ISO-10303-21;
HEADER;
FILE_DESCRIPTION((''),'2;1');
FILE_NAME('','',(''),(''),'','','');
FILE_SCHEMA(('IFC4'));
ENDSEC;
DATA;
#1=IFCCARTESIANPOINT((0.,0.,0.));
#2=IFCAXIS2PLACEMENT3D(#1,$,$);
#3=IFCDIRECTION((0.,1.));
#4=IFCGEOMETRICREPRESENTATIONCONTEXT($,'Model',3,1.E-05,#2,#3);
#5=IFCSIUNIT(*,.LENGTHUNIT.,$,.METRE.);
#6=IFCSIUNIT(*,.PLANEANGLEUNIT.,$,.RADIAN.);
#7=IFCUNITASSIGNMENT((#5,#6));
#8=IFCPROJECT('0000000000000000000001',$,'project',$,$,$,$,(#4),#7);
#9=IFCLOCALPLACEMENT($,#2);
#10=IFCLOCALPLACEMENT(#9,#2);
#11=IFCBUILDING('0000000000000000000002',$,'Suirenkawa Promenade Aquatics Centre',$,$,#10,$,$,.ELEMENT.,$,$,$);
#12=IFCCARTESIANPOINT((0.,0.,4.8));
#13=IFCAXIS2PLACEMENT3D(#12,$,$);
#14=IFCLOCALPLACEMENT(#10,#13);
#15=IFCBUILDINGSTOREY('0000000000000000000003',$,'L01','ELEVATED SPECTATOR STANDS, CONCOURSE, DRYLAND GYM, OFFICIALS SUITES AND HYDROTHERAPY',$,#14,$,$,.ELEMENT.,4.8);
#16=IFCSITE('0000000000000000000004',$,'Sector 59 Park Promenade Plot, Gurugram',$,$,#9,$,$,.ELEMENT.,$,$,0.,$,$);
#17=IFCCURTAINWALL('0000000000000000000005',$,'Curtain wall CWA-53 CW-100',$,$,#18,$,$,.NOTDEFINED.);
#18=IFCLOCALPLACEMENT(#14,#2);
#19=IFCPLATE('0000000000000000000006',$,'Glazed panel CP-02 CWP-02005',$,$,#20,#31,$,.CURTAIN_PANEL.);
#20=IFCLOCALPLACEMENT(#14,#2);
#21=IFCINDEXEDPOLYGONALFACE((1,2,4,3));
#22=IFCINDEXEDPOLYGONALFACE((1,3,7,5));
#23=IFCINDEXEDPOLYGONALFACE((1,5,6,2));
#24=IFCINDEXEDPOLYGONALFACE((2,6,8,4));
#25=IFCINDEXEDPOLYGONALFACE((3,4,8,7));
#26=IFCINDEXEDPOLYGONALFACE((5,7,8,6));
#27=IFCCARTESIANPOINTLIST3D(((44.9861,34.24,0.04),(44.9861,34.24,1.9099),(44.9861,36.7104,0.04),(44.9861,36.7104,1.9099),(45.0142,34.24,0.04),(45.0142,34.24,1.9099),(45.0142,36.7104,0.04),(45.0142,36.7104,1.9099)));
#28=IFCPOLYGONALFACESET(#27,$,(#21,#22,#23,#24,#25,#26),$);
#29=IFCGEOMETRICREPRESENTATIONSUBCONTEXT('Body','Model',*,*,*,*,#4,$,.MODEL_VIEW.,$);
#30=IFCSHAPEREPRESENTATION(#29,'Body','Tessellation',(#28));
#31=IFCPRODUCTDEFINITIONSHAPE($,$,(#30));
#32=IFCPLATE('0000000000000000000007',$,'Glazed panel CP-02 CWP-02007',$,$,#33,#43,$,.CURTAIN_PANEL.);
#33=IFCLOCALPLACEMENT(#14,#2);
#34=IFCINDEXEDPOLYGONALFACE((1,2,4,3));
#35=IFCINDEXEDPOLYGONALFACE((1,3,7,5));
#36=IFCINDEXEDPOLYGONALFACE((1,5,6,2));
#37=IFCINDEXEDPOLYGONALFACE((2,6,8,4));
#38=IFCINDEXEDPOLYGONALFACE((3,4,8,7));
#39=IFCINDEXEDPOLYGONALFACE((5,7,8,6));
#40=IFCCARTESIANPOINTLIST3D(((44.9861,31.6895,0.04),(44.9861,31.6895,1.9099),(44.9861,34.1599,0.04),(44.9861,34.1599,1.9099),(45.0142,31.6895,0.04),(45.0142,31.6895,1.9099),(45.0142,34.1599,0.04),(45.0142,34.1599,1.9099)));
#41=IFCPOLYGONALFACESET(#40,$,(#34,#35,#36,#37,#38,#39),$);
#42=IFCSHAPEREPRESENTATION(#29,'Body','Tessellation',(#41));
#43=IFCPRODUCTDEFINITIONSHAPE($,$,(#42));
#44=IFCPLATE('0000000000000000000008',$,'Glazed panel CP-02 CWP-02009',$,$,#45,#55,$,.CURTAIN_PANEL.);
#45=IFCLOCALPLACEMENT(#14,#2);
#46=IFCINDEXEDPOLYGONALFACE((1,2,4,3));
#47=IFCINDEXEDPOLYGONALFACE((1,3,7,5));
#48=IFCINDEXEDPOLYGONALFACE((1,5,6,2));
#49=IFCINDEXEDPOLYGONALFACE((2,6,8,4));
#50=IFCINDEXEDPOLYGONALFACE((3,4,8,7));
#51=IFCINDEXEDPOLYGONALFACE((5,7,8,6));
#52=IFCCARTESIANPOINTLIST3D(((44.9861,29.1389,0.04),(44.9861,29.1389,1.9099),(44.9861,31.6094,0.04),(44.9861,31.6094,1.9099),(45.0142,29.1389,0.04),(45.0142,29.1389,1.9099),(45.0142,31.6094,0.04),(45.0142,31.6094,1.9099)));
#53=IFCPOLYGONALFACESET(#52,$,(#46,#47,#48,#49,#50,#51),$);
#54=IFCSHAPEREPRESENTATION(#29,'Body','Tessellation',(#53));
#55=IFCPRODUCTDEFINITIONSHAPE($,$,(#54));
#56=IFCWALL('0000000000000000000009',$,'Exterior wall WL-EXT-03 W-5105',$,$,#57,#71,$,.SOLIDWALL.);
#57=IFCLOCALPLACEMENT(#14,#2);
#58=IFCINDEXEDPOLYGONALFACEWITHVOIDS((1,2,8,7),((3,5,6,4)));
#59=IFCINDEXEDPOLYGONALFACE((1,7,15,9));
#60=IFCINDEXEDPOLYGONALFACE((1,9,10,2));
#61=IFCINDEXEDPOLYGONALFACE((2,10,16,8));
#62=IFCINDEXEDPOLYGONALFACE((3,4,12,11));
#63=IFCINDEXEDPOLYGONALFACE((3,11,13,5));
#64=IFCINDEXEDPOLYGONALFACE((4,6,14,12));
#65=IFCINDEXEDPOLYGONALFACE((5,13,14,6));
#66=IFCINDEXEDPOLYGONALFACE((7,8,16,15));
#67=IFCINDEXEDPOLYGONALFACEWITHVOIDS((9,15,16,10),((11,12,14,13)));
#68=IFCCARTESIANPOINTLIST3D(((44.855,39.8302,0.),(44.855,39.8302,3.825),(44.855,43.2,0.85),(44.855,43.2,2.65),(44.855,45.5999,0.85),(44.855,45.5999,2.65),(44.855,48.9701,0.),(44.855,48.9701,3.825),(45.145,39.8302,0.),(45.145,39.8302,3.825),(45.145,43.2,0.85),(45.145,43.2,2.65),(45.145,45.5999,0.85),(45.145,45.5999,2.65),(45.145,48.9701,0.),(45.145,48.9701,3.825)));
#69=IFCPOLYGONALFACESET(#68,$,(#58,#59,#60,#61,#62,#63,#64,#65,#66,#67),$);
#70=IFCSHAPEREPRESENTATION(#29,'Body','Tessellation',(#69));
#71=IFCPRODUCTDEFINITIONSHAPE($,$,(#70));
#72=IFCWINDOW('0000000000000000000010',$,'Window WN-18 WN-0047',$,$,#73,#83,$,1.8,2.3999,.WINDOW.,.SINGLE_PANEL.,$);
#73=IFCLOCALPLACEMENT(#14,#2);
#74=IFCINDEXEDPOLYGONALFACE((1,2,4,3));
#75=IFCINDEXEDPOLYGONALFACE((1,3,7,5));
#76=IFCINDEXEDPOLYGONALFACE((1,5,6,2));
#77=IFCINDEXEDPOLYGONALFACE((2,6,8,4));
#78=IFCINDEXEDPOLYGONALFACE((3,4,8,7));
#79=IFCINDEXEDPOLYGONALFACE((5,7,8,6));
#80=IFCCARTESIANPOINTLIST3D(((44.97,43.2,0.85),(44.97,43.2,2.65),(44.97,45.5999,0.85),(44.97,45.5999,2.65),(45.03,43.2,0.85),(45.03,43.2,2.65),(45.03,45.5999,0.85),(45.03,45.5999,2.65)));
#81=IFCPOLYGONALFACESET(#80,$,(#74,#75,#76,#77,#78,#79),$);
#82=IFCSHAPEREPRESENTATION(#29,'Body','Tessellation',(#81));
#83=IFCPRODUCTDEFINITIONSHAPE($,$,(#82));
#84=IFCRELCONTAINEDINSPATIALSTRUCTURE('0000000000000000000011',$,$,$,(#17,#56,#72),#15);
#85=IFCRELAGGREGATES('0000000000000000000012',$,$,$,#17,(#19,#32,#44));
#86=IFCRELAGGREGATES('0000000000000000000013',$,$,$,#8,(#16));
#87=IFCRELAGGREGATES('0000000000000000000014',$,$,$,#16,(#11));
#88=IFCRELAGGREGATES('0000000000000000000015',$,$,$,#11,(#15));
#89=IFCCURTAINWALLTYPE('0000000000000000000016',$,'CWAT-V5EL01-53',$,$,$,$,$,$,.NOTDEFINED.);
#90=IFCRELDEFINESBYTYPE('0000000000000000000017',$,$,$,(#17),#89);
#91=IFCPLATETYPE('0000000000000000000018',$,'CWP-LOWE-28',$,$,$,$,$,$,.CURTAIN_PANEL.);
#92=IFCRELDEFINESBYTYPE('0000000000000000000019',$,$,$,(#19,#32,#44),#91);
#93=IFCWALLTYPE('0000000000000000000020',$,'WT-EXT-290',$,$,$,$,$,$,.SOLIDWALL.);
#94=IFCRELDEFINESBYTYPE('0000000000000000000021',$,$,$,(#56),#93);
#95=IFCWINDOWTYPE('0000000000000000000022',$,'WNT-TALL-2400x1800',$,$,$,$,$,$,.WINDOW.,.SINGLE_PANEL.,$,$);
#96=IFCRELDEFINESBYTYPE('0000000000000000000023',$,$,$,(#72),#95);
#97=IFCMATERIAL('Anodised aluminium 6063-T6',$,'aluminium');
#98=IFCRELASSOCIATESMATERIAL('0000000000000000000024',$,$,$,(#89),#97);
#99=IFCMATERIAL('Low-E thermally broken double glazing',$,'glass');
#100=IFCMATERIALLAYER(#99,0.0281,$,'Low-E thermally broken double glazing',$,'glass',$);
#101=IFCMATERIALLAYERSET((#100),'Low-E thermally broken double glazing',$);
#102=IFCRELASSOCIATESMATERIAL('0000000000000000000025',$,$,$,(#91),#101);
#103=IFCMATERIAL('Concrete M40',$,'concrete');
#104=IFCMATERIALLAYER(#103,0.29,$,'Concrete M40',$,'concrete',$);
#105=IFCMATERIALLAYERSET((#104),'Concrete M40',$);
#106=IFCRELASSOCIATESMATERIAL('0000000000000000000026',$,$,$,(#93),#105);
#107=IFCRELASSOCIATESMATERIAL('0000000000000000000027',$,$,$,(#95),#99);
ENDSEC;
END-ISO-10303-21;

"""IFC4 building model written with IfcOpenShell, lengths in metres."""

from ifc_helpers import new_model, si_unit, direction, frame, frame_2d, origin, place, context, subcontext, project, spatial, polyline, rectangle, outline, extrude, material, layer, layer_set, type_object, element, fill, aggregate, save


model = new_model("IFC4")

# Units and contexts
model_context = context("Model", 3, precision=1e-05, world=origin(), true_north=direction((0.0, 1.0)))
body_context = subcontext(model_context, "Body", "Model", "MODEL_VIEW")
ifc_project = project(units=[si_unit("LENGTHUNIT", "METRE"), si_unit("PLANEANGLEUNIT", "RADIAN")], contexts=[model_context])

# Site, building, storey
site_placement = place(None, origin())
site = spatial("IfcSite", under=ifc_project, at=site_placement, Name="Sector 59 Park Promenade Plot, Gurugram", CompositionType="ELEMENT", RefElevation=0.0)
building_placement = place(site_placement, origin())
building = spatial("IfcBuilding", under=site, at=building_placement, Name="Suirenkawa Promenade Aquatics Centre", CompositionType="ELEMENT")
storey_placement = place(building_placement, frame((0.0, 0.0, 4.8)))
storey = spatial("IfcBuildingStorey", under=building, at=storey_placement, Name="L01", Description="ELEVATED SPECTATOR STANDS, CONCOURSE, DRYLAND GYM, OFFICIALS SUITES AND HYDROTHERAPY", CompositionType="ELEMENT", Elevation=4.8)

# Shared definitions
ifc_material_1 = material(Name="Concrete M40", Category="concrete")

# Curtain wall
ifc_material_2 = material(Name="Anodised aluminium 6063-T6", Category="aluminium")
curtain_wall_type_1 = type_object("IfcCurtainWallType", Name="CWAT-V5EL01-53", PredefinedType="NOTDEFINED", material=ifc_material_2)
curtain_wall_1_placement = place(storey_placement, origin())
curtain_wall_1 = element("IfcCurtainWall", 1, at=curtain_wall_1_placement, inside=storey, type_object=curtain_wall_type_1, Name="Curtain wall CWA-53 CW-100", PredefinedType="NOTDEFINED")

# Plates
ifc_material_3 = material(Name="Low-E thermally broken double glazing", Category="glass")
ifc_layer_1 = layer(ifc_material_3, 0.0281, Name="Low-E thermally broken double glazing", Category="glass")
ifc_layer_set_1 = layer_set([ifc_layer_1], Name="Low-E thermally broken double glazing")
plate_type = type_object("IfcPlateType", Name="CWP-LOWE-28", PredefinedType="CURTAIN_PANEL", material=ifc_layer_set_1)
plate_1_placement = place(storey_placement, frame((45.0, 36.7505, 0.04), z_axis=(0.0, 0.0, 1.0), x_axis=(0.0, -1.0, 0.0)))
plate_1 = element("IfcPlate", 2, at=plate_1_placement, type_object=plate_type, Name="Glazed panel CP-02 CWP-02005", PredefinedType="CURTAIN_PANEL", context=body_context, shape_type="SweptSolid", body=[
    extrude(outline(polyline([(0.04, 0.0), (2.5105, 0.0), (2.5105, 1.8699), (0.04, 1.8699), (0.04, 0.0)])), frame((0.0, 0.0142, 0.0), z_axis=(0.0, -1.0, 0.0), x_axis=(1.0, 0.0, 0.0)), (0.0, 0.0, 1.0), 0.0281),
])
plate_2_placement = place(storey_placement, frame((45.0, 34.2, 0.04), z_axis=(0.0, 0.0, 1.0), x_axis=(0.0, -1.0, 0.0)))
plate_2 = element("IfcPlate", 3, at=plate_2_placement, type_object=plate_type, Name="Glazed panel CP-02 CWP-02007", PredefinedType="CURTAIN_PANEL", context=body_context, shape_type="SweptSolid", body=[
    extrude(outline(polyline([(0.04, 0.0), (2.5105, 0.0), (2.5105, 1.8699), (0.04, 1.8699), (0.04, 0.0)])), frame((0.0, 0.0142, 0.0), z_axis=(0.0, -1.0, 0.0), x_axis=(1.0, 0.0, 0.0)), (0.0, 0.0, 1.0), 0.0281),
])
plate_3_placement = place(storey_placement, frame((45.0, 31.6494, 0.04), z_axis=(0.0, 0.0, 1.0), x_axis=(0.0, -1.0, 0.0)))
plate_3 = element("IfcPlate", 4, at=plate_3_placement, type_object=plate_type, Name="Glazed panel CP-02 CWP-02009", PredefinedType="CURTAIN_PANEL", context=body_context, shape_type="SweptSolid", body=[
    extrude(outline(polyline([(0.04, 0.0), (2.5105, 0.0), (2.5105, 1.8699), (0.04, 1.8699), (0.04, 0.0)])), frame((0.0, 0.0142, 0.0), z_axis=(0.0, -1.0, 0.0), x_axis=(1.0, 0.0, 0.0)), (0.0, 0.0, 1.0), 0.0281),
])
aggregate(curtain_wall_1, [plate_1, plate_2, plate_3])

# Wall, opening, window
ifc_layer_2 = layer(ifc_material_1, 0.29, Name="Concrete M40", Category="concrete")
ifc_layer_set_2 = layer_set([ifc_layer_2], Name="Concrete M40")
wall_type = type_object("IfcWallType", Name="WT-EXT-290", PredefinedType="SOLIDWALL", material=ifc_layer_set_2)
wall_placement = place(storey_placement, frame((45.0, 48.97, 0.0), z_axis=(0.0, 0.0, 1.0), x_axis=(0.0, -1.0, 0.0)))
wall = element("IfcWall", 5, at=wall_placement, inside=storey, type_object=wall_type, Name="Exterior wall WL-EXT-03 W-5105", PredefinedType="SOLIDWALL", context=body_context, shape_type="SweptSolid", body=[
    extrude(rectangle(XDim=9.1399, YDim=0.29, at=frame_2d((4.5698, 0.0))), origin(), (0.0, 0.0, 1.0), 3.825),
])
opening_placement = place(wall_placement, frame((3.3701, 0.0, 0.8501)))
opening = element("IfcOpeningElement", 6, at=opening_placement, cuts=wall, PredefinedType="OPENING", context=body_context, shape_type="SweptSolid", body=[
    extrude(rectangle(XDim=2.3999, YDim=1.8, at=frame_2d((1.2, 0.8999))), frame((0.0, 0.155, 0.0), z_axis=(0.0, -1.0, 0.0), x_axis=(1.0, 0.0, 0.0)), (0.0, 0.0, 1.0), 0.3101),
])
window_type = type_object("IfcWindowType", Name="WNT-TALL-2400x1800", PartitioningType="SINGLE_PANEL", PredefinedType="WINDOW", material=ifc_material_3)
window_placement = place(opening_placement, origin())
window = element("IfcWindow", 7, at=window_placement, inside=storey, type_object=window_type, Name="Window WN-18 WN-0047", OverallHeight=1.8, OverallWidth=2.3999, PartitioningType="SINGLE_PANEL", PredefinedType="WINDOW", context=body_context, shape_type="SweptSolid", body=[
    extrude(rectangle(XDim=2.3999, YDim=1.8, at=frame_2d((1.2, 0.8999))), frame((0.0, 0.03, 0.0), z_axis=(0.0, -1.0, 0.0), x_axis=(1.0, 0.0, 0.0)), (0.0, 0.0, 1.0), 0.0601),
])
fill(opening, window)

save(model, "model.ifc")
